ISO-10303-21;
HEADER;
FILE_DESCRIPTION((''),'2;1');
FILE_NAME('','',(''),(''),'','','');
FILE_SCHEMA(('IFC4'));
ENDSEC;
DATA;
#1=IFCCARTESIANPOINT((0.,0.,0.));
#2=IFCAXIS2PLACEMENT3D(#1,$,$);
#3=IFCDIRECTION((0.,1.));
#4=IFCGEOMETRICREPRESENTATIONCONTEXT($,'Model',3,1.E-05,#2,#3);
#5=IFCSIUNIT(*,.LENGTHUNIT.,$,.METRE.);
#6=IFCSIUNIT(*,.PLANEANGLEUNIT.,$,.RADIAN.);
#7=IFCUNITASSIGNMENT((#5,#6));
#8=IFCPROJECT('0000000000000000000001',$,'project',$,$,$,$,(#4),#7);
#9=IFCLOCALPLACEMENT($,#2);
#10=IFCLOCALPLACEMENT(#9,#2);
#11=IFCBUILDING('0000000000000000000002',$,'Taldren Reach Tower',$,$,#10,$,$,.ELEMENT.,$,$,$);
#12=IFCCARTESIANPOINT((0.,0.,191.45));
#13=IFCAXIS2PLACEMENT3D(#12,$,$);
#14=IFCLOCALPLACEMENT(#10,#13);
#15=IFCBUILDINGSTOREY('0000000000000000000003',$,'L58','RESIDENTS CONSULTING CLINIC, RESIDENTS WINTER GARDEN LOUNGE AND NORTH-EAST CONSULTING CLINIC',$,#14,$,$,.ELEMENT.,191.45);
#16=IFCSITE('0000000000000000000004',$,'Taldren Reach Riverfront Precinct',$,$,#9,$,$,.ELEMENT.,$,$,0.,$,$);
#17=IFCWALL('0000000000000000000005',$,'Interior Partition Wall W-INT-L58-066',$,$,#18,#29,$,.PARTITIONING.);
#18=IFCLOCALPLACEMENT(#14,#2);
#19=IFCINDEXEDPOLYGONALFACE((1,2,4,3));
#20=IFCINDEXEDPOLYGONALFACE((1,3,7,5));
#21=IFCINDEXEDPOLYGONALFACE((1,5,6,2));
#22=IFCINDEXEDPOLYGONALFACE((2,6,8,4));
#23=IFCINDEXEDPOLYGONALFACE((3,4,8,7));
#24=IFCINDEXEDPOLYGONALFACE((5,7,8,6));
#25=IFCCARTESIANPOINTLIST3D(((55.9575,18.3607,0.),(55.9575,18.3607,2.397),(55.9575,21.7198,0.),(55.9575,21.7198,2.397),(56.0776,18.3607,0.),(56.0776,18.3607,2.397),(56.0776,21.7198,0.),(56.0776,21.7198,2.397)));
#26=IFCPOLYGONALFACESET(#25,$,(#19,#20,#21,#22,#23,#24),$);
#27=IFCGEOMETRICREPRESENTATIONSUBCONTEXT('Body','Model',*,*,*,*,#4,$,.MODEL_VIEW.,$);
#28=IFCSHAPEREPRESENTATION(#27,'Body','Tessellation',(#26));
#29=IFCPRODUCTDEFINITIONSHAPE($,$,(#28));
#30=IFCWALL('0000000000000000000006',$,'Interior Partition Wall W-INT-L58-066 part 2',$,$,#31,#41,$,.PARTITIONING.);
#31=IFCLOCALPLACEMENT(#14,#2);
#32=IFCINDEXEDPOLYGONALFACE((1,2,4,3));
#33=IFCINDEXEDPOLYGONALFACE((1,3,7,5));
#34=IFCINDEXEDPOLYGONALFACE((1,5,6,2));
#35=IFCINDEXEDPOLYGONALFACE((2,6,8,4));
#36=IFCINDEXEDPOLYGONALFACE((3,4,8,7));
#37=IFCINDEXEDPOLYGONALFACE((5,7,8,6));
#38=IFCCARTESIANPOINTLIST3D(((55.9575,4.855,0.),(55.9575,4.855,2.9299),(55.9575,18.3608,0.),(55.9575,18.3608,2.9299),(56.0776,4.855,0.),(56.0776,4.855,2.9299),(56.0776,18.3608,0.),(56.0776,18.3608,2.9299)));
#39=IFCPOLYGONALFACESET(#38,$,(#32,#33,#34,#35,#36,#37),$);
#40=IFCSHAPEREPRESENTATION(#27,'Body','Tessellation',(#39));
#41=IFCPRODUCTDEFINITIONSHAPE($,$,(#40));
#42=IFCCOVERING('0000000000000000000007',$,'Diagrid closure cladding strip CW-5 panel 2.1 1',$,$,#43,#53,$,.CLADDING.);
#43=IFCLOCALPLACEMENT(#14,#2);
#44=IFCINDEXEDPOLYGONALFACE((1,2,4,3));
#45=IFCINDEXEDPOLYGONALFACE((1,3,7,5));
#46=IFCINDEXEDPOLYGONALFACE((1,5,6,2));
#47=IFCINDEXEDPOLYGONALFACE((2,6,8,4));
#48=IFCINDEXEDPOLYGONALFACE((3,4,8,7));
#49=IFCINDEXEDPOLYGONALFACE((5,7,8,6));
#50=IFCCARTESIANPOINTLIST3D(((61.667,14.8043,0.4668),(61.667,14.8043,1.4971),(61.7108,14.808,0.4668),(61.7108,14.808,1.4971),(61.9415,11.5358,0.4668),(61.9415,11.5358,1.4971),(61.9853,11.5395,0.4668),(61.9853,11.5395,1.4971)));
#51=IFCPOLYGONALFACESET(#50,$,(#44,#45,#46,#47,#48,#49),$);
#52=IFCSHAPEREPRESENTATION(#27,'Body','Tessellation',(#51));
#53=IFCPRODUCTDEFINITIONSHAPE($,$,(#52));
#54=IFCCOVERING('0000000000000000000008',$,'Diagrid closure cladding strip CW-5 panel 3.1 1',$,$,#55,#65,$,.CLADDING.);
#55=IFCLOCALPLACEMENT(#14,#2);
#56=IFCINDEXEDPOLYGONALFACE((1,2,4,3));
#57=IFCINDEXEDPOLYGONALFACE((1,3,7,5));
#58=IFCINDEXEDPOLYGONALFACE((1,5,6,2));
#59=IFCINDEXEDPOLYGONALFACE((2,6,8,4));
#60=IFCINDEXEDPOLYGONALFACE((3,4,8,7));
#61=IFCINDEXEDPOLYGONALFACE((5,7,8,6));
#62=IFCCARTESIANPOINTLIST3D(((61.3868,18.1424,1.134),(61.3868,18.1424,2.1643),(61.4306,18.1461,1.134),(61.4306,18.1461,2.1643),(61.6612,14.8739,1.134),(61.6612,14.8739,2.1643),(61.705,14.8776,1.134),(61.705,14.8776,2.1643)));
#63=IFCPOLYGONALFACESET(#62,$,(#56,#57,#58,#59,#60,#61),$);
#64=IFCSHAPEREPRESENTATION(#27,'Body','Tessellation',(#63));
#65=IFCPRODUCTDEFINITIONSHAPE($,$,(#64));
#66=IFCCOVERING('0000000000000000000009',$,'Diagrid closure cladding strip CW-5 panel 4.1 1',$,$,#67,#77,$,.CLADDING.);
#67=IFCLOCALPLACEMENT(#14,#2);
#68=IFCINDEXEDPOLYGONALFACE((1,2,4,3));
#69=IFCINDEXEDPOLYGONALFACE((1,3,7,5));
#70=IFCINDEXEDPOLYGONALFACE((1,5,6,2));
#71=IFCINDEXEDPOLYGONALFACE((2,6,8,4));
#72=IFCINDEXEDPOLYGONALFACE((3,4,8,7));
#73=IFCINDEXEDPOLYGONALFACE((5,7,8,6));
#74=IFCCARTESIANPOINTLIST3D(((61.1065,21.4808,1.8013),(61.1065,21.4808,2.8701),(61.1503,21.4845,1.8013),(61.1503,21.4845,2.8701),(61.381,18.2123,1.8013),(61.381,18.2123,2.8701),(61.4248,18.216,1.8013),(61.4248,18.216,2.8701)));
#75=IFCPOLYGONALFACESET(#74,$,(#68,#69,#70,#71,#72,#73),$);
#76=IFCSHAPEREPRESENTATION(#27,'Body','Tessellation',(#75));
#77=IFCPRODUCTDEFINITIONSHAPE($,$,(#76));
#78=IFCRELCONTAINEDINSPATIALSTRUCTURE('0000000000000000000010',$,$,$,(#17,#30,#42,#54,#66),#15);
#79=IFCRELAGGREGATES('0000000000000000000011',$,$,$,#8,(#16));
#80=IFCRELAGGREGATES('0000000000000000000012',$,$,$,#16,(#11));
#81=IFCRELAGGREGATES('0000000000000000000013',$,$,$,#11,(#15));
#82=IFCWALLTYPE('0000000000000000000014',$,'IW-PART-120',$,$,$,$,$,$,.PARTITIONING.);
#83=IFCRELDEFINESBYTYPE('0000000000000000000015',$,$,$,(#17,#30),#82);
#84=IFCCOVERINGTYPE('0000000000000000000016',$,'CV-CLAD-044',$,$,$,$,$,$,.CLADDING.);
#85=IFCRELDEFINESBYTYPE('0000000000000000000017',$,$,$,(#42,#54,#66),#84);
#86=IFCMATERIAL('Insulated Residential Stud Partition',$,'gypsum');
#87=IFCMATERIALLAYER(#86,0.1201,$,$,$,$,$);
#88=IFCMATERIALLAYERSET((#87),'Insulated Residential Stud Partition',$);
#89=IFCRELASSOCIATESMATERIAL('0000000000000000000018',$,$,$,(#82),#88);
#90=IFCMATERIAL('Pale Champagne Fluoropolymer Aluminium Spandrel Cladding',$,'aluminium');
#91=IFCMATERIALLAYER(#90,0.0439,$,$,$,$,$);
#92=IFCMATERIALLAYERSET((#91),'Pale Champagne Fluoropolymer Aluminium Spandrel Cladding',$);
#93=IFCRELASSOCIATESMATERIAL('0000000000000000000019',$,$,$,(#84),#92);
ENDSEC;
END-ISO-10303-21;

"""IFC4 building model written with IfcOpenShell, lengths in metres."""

from ifc_helpers import new_model, si_unit, direction, frame, frame_2d, origin, origin_2d, place, context, subcontext, project, spatial, rectangle, extrude, source, transform, mapped, material, layer, layer_set, type_object, element, save


model = new_model("IFC4")

# Units and contexts
model_context = context("Model", 3, precision=1e-05, world=origin(), true_north=direction((0.0, 1.0)))
body_context = subcontext(model_context, "Body", "Model", "MODEL_VIEW")
ifc_project = project(units=[si_unit("LENGTHUNIT", "METRE"), si_unit("PLANEANGLEUNIT", "RADIAN")], contexts=[model_context])

# Site, building, storey
site_placement = place(None, origin())
site = spatial("IfcSite", under=ifc_project, at=site_placement, Name="Taldren Reach Riverfront Precinct", CompositionType="ELEMENT", RefElevation=0.0)
building_placement = place(site_placement, origin())
building = spatial("IfcBuilding", under=site, at=building_placement, Name="Taldren Reach Tower", CompositionType="ELEMENT")
storey_placement = place(building_placement, frame((0.0, 0.0, 191.45)))
storey = spatial("IfcBuildingStorey", under=building, at=storey_placement, Name="L58", Description="RESIDENTS CONSULTING CLINIC, RESIDENTS WINTER GARDEN LOUNGE AND NORTH-EAST CONSULTING CLINIC", CompositionType="ELEMENT", Elevation=191.45)

# Walls
ifc_material_1 = material(Name="Insulated Residential Stud Partition", Category="gypsum")
ifc_layer_1 = layer(ifc_material_1, 0.1201)
ifc_layer_set_1 = layer_set([ifc_layer_1], Name="Insulated Residential Stud Partition")
wall_type_1 = type_object("IfcWallType", Name="IW-PART-120", PredefinedType="PARTITIONING", material=ifc_layer_set_1)
shared_shape_1 = source(origin(), body_context, "Body", "SweptSolid", [
    extrude(rectangle(XDim=3.3591, YDim=0.1201, at=frame_2d((1.6797, 0.0))), origin(), (0.0, 0.0, 1.0), 2.397),
])
wall_1_placement = place(storey_placement, frame((56.0176, 21.72, 0.0), z_axis=(0.0, 0.0, 1.0), x_axis=(0.0, -1.0, 0.0)))
element("IfcWall", 1, at=wall_1_placement, inside=storey, type_object=wall_type_1, Name="Interior Partition Wall W-INT-L58-066", PredefinedType="PARTITIONING", context=body_context, shape_type="MappedRepresentation", body=[
    mapped(shared_shape_1, transform((0.0, 0.0, 0.0), scale=1.0)),
])
shared_shape_2 = source(origin(), body_context, "Body", "SweptSolid", [
    extrude(rectangle(XDim=13.5059, YDim=0.1201, at=frame_2d((6.7529, 0.0))), origin(), (0.0, 0.0, 1.0), 2.9299),
])
wall_2_placement = place(storey_placement, frame((56.0176, 18.3608, 0.0), z_axis=(0.0, 0.0, 1.0), x_axis=(0.0, -1.0, 0.0)))
element("IfcWall", 2, at=wall_2_placement, inside=storey, type_object=wall_type_1, Name="Interior Partition Wall W-INT-L58-066 part 2", PredefinedType="PARTITIONING", context=body_context, shape_type="MappedRepresentation", body=[
    mapped(shared_shape_2, transform((0.0, 0.0, 0.0), scale=1.0)),
])

# Coverings
ifc_material_2 = material(Name="Pale Champagne Fluoropolymer Aluminium Spandrel Cladding", Category="aluminium")
ifc_layer_2 = layer(ifc_material_2, 0.0439)
ifc_layer_set_2 = layer_set([ifc_layer_2], Name="Pale Champagne Fluoropolymer Aluminium Spandrel Cladding")
covering_type = type_object("IfcCoveringType", Name="CV-CLAD-044", PredefinedType="CLADDING", material=ifc_layer_set_2)
shared_shape_3 = source(origin(), body_context, "Body", "SweptSolid", [
    extrude(rectangle(XDim=3.28, YDim=0.0439, at=origin_2d()), origin(), (0.0, 0.0, 1.0), 1.0303),
])
for number, where, z_axis, x_axis, name in (
    (3, (61.8262, 13.1719, 0.4668), (0.0, 0.0, 1.0), (-0.083678, 0.996493, 0.0), "Diagrid closure cladding strip CW-5 panel 2.1 1"),
    (4, (61.5459, 16.51, 1.134), (0.0, 0.0, 1.0), (-0.083678, 0.996493, 0.0), "Diagrid closure cladding strip CW-5 panel 3.1 1"),
):
    element("IfcCovering", number, at=place(storey_placement, frame(where, z_axis=z_axis, x_axis=x_axis)), inside=storey, type_object=covering_type, Name=name, PredefinedType="CLADDING", context=body_context, shape_type="MappedRepresentation", body=[
        mapped(shared_shape_3, transform((0.0, 0.0, 0.0), scale=1.0)),
    ])
shared_shape_4 = source(origin(), body_context, "Body", "SweptSolid", [
    extrude(rectangle(XDim=3.28, YDim=0.0439, at=origin_2d()), origin(), (0.0, 0.0, 1.0), 1.0688),
])
covering_placement = place(storey_placement, frame((61.2656, 19.8484, 1.8013), z_axis=(0.0, 0.0, 1.0), x_axis=(-0.083678, 0.996493, 0.0)))
element("IfcCovering", 5, at=covering_placement, inside=storey, type_object=covering_type, Name="Diagrid closure cladding strip CW-5 panel 4.1 1", PredefinedType="CLADDING", context=body_context, shape_type="MappedRepresentation", body=[
    mapped(shared_shape_4, transform((0.0, 0.0, 0.0), scale=1.0)),
])

save(model, "model.ifc")
